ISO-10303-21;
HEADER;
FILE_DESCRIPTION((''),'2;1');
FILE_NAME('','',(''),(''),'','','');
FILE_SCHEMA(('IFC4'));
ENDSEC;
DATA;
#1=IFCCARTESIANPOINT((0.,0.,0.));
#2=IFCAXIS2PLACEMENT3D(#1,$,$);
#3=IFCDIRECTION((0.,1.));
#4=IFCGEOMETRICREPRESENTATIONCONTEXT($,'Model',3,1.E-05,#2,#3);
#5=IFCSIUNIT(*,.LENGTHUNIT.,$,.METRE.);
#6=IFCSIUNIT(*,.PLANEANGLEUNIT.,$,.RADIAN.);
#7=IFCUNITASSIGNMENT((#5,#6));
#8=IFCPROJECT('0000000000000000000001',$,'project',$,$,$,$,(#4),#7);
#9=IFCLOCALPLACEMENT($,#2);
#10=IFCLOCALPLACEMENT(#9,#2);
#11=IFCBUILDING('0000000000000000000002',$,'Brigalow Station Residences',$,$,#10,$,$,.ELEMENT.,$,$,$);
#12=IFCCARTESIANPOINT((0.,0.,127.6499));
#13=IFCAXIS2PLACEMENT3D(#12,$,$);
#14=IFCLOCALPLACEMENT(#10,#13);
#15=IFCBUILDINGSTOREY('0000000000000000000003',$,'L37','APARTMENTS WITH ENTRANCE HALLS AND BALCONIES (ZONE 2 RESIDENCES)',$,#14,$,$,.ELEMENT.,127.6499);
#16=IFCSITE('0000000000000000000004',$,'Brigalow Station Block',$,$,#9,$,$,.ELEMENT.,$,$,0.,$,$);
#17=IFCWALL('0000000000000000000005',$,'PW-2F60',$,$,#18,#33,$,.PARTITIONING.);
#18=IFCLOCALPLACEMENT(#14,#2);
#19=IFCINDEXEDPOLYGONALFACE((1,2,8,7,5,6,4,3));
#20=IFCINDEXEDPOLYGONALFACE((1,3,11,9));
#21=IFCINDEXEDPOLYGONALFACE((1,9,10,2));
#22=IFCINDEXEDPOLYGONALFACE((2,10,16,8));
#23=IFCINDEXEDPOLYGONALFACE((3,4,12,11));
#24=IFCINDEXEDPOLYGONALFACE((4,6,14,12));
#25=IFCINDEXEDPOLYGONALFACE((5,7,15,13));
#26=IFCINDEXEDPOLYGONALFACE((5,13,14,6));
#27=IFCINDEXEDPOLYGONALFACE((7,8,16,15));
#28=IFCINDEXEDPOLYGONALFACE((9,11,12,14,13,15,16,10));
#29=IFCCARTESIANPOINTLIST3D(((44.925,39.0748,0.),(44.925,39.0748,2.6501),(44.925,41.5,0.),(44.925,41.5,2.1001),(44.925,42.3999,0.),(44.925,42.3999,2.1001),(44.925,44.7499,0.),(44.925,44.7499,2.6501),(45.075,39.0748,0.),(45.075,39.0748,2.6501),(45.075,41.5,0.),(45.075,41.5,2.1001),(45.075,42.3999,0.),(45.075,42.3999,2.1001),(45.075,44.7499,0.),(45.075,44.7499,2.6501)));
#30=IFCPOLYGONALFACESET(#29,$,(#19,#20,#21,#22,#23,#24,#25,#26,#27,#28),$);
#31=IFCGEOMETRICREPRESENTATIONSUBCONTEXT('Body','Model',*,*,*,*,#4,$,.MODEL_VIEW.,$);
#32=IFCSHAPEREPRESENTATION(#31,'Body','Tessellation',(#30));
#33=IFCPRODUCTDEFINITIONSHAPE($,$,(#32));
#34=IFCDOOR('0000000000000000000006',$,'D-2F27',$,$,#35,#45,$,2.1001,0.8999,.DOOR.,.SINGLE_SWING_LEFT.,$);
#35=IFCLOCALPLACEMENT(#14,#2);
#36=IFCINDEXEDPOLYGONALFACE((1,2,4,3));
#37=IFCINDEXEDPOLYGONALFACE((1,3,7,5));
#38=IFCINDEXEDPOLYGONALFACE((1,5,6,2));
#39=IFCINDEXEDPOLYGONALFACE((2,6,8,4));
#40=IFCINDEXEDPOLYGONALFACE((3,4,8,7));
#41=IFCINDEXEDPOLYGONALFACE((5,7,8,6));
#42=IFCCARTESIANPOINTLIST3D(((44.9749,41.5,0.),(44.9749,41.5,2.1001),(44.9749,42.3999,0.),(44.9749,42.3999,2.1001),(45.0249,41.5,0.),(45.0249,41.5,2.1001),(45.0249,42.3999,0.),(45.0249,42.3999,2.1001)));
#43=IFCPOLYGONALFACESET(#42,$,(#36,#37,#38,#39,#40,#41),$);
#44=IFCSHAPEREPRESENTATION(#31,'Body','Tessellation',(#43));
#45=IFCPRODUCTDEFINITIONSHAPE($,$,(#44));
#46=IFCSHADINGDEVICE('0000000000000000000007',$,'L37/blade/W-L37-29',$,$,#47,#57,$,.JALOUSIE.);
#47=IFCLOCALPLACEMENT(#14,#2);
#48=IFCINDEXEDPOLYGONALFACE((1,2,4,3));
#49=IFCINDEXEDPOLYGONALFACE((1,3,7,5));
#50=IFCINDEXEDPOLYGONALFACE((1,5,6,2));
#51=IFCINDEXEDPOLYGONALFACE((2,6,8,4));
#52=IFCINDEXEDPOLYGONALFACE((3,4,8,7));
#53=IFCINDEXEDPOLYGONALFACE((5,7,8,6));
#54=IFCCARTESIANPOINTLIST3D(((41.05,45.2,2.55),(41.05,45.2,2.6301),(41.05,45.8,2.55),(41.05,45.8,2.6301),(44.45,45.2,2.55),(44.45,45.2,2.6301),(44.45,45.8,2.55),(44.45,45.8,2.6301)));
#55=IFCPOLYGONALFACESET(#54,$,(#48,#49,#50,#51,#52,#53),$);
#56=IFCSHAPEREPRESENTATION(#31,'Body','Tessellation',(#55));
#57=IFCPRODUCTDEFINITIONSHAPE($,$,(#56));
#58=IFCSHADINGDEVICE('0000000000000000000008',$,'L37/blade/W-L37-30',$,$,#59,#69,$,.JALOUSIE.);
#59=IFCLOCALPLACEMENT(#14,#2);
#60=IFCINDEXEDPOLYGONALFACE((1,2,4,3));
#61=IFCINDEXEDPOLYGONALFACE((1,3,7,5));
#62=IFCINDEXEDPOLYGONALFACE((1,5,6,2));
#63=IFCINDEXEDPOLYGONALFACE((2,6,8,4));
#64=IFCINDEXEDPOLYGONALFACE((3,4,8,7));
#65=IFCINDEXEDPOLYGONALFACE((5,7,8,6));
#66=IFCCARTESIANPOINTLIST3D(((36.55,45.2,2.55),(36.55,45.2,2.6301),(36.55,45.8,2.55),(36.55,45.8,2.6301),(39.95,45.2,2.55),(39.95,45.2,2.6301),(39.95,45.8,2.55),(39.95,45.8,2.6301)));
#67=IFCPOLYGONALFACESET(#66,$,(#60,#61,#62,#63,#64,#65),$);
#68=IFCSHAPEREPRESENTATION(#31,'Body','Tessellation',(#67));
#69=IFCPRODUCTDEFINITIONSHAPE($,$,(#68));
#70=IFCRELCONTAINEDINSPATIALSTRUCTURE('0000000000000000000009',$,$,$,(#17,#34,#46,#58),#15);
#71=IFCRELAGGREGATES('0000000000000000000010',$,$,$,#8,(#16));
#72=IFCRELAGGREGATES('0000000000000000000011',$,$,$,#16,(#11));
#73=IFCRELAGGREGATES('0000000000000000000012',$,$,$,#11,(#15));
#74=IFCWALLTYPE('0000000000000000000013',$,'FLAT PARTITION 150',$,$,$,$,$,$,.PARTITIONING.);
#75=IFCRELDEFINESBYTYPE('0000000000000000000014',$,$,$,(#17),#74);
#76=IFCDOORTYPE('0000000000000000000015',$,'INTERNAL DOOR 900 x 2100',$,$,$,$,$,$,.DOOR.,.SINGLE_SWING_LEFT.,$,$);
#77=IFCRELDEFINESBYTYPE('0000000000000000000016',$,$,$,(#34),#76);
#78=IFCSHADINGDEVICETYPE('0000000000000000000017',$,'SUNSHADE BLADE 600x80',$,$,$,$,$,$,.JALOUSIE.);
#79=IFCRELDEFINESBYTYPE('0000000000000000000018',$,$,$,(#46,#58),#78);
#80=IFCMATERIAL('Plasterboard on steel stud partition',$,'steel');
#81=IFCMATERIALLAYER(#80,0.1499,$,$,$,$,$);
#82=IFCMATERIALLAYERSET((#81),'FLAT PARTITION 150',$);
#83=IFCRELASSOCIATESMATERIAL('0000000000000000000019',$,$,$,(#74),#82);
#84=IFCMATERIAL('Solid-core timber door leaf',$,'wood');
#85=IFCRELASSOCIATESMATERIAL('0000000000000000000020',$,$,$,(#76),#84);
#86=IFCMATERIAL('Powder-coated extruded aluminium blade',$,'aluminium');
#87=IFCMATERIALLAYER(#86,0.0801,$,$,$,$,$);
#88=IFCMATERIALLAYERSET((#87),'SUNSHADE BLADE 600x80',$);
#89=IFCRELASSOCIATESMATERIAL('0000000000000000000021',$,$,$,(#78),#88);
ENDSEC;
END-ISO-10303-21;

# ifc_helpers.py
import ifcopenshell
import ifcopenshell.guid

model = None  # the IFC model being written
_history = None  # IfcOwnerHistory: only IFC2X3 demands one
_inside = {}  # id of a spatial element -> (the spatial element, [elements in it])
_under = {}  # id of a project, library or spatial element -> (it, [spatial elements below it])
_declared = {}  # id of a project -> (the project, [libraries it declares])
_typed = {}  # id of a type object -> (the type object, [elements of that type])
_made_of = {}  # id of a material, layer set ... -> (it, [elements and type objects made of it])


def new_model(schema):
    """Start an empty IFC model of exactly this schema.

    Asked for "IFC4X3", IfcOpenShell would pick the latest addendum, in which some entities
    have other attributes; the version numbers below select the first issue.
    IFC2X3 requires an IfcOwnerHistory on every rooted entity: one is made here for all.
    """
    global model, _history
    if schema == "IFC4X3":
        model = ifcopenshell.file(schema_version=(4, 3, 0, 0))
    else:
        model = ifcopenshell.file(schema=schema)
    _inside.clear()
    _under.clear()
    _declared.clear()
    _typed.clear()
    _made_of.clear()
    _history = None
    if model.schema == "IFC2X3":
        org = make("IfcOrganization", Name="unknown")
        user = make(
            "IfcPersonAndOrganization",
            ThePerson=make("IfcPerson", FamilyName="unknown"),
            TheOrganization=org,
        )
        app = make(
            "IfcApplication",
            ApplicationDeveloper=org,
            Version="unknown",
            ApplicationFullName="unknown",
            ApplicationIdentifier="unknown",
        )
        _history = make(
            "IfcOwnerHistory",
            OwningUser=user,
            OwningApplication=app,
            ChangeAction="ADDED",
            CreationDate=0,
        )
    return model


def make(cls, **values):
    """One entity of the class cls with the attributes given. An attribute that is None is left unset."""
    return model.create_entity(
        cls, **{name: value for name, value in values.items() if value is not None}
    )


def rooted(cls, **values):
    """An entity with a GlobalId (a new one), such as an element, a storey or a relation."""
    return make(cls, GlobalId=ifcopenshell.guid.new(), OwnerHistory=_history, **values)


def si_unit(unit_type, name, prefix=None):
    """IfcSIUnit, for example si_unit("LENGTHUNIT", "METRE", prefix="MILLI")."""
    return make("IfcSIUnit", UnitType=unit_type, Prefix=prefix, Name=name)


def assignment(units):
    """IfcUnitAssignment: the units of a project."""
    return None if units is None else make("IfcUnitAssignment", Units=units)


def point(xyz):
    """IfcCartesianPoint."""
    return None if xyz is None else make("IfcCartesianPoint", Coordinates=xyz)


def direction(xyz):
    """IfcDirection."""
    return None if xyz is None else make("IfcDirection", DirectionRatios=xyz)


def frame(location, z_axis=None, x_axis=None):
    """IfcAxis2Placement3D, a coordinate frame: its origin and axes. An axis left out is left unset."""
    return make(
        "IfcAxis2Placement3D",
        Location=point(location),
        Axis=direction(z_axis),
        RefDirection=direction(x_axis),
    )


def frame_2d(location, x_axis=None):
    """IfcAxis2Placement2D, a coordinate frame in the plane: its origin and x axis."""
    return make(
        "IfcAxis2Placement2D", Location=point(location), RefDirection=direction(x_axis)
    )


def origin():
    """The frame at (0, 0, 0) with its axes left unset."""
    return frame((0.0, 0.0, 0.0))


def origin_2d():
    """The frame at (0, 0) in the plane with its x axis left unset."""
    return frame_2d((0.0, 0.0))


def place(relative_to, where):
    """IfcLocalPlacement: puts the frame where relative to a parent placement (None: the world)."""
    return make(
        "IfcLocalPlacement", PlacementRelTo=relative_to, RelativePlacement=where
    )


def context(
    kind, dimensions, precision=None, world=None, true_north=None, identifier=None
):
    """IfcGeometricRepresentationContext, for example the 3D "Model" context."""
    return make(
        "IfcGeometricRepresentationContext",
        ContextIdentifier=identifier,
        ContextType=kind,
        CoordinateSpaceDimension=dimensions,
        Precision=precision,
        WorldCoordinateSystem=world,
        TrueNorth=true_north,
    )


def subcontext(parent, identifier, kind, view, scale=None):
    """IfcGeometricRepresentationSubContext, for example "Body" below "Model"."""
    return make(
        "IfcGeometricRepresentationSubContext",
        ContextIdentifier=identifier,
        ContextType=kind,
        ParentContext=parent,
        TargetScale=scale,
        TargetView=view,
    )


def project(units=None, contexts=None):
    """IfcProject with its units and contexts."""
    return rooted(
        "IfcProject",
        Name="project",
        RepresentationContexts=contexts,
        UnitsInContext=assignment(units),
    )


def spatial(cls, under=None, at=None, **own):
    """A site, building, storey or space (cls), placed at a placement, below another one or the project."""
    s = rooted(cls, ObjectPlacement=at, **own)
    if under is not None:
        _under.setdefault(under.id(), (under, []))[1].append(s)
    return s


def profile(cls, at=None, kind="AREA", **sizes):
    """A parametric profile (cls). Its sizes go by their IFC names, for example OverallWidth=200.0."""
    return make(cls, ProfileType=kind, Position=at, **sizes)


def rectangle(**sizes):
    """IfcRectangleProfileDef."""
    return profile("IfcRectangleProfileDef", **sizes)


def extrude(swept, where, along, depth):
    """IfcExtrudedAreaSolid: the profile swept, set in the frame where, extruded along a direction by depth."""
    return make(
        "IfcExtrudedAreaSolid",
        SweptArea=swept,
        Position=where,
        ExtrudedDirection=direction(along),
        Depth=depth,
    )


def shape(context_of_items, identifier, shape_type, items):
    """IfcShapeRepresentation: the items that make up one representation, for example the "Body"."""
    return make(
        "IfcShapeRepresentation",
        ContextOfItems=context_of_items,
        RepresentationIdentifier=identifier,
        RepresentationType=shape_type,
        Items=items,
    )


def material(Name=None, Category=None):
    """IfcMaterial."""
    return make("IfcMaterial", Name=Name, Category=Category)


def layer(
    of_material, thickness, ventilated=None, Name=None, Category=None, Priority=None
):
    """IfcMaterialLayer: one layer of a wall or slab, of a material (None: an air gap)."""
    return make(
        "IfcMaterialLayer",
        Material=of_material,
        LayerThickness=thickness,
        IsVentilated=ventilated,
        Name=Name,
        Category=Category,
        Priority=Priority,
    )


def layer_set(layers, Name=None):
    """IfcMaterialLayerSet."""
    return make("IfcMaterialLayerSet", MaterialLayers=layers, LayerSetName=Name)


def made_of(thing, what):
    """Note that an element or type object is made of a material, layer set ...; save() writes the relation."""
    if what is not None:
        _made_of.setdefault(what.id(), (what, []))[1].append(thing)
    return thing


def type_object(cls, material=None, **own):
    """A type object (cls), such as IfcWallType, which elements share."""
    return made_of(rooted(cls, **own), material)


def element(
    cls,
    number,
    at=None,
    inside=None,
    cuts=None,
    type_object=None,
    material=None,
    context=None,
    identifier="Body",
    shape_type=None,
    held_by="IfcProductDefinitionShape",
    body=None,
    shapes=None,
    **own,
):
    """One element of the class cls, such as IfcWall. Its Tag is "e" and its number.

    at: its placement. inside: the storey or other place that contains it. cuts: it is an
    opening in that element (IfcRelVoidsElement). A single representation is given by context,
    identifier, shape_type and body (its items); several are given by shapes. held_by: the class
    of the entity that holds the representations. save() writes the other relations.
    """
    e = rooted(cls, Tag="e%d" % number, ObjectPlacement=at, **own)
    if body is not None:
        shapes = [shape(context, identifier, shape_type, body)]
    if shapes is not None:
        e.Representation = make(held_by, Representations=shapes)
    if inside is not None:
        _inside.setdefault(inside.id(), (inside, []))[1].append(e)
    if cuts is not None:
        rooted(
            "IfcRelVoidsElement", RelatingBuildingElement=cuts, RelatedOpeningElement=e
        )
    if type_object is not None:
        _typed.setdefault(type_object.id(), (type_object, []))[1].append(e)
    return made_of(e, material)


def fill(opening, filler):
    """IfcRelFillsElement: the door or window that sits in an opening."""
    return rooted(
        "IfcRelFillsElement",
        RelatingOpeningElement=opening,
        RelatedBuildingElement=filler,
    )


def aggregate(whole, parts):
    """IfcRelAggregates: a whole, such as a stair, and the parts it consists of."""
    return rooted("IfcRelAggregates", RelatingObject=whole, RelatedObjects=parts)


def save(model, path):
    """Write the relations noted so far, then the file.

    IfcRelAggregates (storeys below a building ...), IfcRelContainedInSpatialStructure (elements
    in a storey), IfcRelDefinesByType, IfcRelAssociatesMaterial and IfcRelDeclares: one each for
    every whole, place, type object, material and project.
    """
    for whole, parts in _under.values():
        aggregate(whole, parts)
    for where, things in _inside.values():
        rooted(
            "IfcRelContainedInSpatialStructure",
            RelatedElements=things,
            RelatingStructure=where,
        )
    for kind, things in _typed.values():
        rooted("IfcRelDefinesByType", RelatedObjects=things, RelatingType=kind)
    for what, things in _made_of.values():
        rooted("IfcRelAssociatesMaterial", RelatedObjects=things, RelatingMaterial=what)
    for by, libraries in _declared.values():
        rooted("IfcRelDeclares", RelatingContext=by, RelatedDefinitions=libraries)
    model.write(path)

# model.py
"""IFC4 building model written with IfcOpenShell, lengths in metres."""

from ifc_helpers import new_model, si_unit, direction, frame, frame_2d, origin, origin_2d, place, context, subcontext, project, spatial, rectangle, extrude, material, layer, layer_set, type_object, element, fill, save


model = new_model("IFC4")

# Units and contexts
model_context = context("Model", 3, precision=1e-05, world=origin(), true_north=direction((0.0, 1.0)))
body_context = subcontext(model_context, "Body", "Model", "MODEL_VIEW")
ifc_project = project(units=[si_unit("LENGTHUNIT", "METRE"), si_unit("PLANEANGLEUNIT", "RADIAN")], contexts=[model_context])

# Site, building, storey
site_placement = place(None, origin())
site = spatial("IfcSite", under=ifc_project, at=site_placement, Name="Brigalow Station Block", CompositionType="ELEMENT", RefElevation=0.0)
building_placement = place(site_placement, origin())
building = spatial("IfcBuilding", under=site, at=building_placement, Name="Brigalow Station Residences", CompositionType="ELEMENT")
storey_placement = place(building_placement, frame((0.0, 0.0, 127.6499)))
storey = spatial("IfcBuildingStorey", under=building, at=storey_placement, Name="L37", Description="APARTMENTS WITH ENTRANCE HALLS AND BALCONIES (ZONE 2 RESIDENCES)", CompositionType="ELEMENT", Elevation=127.6499)

# Wall, opening, door
ifc_material_1 = material(Name="Plasterboard on steel stud partition", Category="steel")
ifc_layer_1 = layer(ifc_material_1, 0.1499)
ifc_layer_set_1 = layer_set([ifc_layer_1], Name="FLAT PARTITION 150")
wall_type_1 = type_object("IfcWallType", Name="FLAT PARTITION 150", PredefinedType="PARTITIONING", material=ifc_layer_set_1)
wall_1_placement = place(storey_placement, frame((45.0, 39.075, 0.0), z_axis=(0.0, 0.0, 1.0), x_axis=(0.0, 1.0, 0.0)))
wall_1 = element("IfcWall", 1, at=wall_1_placement, inside=storey, type_object=wall_type_1, Name="PW-2F60", PredefinedType="PARTITIONING", context=body_context, shape_type="SweptSolid", body=[
    extrude(rectangle(XDim=5.675, YDim=0.1499, at=frame_2d((2.8374, 0.0))), origin(), (0.0, 0.0, 1.0), 2.6501),
])
opening_1_placement = place(wall_1_placement, frame((2.425, 0.0, 0.0)))
opening_1 = element("IfcOpeningElement", 2, at=opening_1_placement, cuts=wall_1, PredefinedType="OPENING", context=body_context, shape_type="SweptSolid", body=[
    extrude(rectangle(XDim=0.8999, YDim=2.1001, at=frame_2d((0.45, 1.05))), frame((0.0, 0.085, 0.0), z_axis=(0.0, -1.0, 0.0), x_axis=(1.0, 0.0, 0.0)), (0.0, 0.0, 1.0), 0.1699),
])
ifc_material_2 = material(Name="Solid-core timber door leaf", Category="wood")
door_type = type_object("IfcDoorType", Name="INTERNAL DOOR 900 x 2100", OperationType="SINGLE_SWING_LEFT", PredefinedType="DOOR", material=ifc_material_2)
door_placement = place(opening_1_placement, frame((0.8999, 0.0, 0.0), z_axis=(0.0, 0.0, 1.0), x_axis=(-1.0, 0.0, 0.0)))
door = element("IfcDoor", 3, at=door_placement, inside=storey, type_object=door_type, Name="D-2F27", OperationType="SINGLE_SWING_LEFT", OverallHeight=2.1001, OverallWidth=0.8999, PredefinedType="DOOR", context=body_context, shape_type="SweptSolid", body=[
    extrude(rectangle(XDim=0.8999, YDim=2.1001, at=frame_2d((0.45, 1.05))), frame((0.0, 0.0249, 0.0), z_axis=(0.0, -1.0, 0.0), x_axis=(1.0, 0.0, 0.0)), (0.0, 0.0, 1.0), 0.05),
])
fill(opening_1, door)

# Shading devices
ifc_material_3 = material(Name="Powder-coated extruded aluminium blade", Category="aluminium")
ifc_layer_2 = layer(ifc_material_3, 0.0801)
ifc_layer_set_2 = layer_set([ifc_layer_2], Name="SUNSHADE BLADE 600x80")
shading_device_type = type_object("IfcShadingDeviceType", Name="SUNSHADE BLADE 600x80", PredefinedType="JALOUSIE", material=ifc_layer_set_2)
for number, where, z_axis, x_axis, name in (
    (4, (42.75, 45.5, 2.55), (0.0, 0.0, 1.0), (-1.0, 0.0, 0.0), "L37/blade/W-L37-29"),
    (5, (38.25, 45.5, 2.55), (0.0, 0.0, 1.0), (-1.0, 0.0, 0.0), "L37/blade/W-L37-30"),
):
    element("IfcShadingDevice", number, at=place(storey_placement, frame(where, z_axis=z_axis, x_axis=x_axis)), inside=storey, type_object=shading_device_type, Name=name, PredefinedType="JALOUSIE", context=body_context, shape_type="SweptSolid", body=[
        extrude(rectangle(XDim=3.3999, YDim=0.6001, at=origin_2d()), origin(), (0.0, 0.0, 1.0), 0.0801),
    ])

save(model, "model.ifc")
